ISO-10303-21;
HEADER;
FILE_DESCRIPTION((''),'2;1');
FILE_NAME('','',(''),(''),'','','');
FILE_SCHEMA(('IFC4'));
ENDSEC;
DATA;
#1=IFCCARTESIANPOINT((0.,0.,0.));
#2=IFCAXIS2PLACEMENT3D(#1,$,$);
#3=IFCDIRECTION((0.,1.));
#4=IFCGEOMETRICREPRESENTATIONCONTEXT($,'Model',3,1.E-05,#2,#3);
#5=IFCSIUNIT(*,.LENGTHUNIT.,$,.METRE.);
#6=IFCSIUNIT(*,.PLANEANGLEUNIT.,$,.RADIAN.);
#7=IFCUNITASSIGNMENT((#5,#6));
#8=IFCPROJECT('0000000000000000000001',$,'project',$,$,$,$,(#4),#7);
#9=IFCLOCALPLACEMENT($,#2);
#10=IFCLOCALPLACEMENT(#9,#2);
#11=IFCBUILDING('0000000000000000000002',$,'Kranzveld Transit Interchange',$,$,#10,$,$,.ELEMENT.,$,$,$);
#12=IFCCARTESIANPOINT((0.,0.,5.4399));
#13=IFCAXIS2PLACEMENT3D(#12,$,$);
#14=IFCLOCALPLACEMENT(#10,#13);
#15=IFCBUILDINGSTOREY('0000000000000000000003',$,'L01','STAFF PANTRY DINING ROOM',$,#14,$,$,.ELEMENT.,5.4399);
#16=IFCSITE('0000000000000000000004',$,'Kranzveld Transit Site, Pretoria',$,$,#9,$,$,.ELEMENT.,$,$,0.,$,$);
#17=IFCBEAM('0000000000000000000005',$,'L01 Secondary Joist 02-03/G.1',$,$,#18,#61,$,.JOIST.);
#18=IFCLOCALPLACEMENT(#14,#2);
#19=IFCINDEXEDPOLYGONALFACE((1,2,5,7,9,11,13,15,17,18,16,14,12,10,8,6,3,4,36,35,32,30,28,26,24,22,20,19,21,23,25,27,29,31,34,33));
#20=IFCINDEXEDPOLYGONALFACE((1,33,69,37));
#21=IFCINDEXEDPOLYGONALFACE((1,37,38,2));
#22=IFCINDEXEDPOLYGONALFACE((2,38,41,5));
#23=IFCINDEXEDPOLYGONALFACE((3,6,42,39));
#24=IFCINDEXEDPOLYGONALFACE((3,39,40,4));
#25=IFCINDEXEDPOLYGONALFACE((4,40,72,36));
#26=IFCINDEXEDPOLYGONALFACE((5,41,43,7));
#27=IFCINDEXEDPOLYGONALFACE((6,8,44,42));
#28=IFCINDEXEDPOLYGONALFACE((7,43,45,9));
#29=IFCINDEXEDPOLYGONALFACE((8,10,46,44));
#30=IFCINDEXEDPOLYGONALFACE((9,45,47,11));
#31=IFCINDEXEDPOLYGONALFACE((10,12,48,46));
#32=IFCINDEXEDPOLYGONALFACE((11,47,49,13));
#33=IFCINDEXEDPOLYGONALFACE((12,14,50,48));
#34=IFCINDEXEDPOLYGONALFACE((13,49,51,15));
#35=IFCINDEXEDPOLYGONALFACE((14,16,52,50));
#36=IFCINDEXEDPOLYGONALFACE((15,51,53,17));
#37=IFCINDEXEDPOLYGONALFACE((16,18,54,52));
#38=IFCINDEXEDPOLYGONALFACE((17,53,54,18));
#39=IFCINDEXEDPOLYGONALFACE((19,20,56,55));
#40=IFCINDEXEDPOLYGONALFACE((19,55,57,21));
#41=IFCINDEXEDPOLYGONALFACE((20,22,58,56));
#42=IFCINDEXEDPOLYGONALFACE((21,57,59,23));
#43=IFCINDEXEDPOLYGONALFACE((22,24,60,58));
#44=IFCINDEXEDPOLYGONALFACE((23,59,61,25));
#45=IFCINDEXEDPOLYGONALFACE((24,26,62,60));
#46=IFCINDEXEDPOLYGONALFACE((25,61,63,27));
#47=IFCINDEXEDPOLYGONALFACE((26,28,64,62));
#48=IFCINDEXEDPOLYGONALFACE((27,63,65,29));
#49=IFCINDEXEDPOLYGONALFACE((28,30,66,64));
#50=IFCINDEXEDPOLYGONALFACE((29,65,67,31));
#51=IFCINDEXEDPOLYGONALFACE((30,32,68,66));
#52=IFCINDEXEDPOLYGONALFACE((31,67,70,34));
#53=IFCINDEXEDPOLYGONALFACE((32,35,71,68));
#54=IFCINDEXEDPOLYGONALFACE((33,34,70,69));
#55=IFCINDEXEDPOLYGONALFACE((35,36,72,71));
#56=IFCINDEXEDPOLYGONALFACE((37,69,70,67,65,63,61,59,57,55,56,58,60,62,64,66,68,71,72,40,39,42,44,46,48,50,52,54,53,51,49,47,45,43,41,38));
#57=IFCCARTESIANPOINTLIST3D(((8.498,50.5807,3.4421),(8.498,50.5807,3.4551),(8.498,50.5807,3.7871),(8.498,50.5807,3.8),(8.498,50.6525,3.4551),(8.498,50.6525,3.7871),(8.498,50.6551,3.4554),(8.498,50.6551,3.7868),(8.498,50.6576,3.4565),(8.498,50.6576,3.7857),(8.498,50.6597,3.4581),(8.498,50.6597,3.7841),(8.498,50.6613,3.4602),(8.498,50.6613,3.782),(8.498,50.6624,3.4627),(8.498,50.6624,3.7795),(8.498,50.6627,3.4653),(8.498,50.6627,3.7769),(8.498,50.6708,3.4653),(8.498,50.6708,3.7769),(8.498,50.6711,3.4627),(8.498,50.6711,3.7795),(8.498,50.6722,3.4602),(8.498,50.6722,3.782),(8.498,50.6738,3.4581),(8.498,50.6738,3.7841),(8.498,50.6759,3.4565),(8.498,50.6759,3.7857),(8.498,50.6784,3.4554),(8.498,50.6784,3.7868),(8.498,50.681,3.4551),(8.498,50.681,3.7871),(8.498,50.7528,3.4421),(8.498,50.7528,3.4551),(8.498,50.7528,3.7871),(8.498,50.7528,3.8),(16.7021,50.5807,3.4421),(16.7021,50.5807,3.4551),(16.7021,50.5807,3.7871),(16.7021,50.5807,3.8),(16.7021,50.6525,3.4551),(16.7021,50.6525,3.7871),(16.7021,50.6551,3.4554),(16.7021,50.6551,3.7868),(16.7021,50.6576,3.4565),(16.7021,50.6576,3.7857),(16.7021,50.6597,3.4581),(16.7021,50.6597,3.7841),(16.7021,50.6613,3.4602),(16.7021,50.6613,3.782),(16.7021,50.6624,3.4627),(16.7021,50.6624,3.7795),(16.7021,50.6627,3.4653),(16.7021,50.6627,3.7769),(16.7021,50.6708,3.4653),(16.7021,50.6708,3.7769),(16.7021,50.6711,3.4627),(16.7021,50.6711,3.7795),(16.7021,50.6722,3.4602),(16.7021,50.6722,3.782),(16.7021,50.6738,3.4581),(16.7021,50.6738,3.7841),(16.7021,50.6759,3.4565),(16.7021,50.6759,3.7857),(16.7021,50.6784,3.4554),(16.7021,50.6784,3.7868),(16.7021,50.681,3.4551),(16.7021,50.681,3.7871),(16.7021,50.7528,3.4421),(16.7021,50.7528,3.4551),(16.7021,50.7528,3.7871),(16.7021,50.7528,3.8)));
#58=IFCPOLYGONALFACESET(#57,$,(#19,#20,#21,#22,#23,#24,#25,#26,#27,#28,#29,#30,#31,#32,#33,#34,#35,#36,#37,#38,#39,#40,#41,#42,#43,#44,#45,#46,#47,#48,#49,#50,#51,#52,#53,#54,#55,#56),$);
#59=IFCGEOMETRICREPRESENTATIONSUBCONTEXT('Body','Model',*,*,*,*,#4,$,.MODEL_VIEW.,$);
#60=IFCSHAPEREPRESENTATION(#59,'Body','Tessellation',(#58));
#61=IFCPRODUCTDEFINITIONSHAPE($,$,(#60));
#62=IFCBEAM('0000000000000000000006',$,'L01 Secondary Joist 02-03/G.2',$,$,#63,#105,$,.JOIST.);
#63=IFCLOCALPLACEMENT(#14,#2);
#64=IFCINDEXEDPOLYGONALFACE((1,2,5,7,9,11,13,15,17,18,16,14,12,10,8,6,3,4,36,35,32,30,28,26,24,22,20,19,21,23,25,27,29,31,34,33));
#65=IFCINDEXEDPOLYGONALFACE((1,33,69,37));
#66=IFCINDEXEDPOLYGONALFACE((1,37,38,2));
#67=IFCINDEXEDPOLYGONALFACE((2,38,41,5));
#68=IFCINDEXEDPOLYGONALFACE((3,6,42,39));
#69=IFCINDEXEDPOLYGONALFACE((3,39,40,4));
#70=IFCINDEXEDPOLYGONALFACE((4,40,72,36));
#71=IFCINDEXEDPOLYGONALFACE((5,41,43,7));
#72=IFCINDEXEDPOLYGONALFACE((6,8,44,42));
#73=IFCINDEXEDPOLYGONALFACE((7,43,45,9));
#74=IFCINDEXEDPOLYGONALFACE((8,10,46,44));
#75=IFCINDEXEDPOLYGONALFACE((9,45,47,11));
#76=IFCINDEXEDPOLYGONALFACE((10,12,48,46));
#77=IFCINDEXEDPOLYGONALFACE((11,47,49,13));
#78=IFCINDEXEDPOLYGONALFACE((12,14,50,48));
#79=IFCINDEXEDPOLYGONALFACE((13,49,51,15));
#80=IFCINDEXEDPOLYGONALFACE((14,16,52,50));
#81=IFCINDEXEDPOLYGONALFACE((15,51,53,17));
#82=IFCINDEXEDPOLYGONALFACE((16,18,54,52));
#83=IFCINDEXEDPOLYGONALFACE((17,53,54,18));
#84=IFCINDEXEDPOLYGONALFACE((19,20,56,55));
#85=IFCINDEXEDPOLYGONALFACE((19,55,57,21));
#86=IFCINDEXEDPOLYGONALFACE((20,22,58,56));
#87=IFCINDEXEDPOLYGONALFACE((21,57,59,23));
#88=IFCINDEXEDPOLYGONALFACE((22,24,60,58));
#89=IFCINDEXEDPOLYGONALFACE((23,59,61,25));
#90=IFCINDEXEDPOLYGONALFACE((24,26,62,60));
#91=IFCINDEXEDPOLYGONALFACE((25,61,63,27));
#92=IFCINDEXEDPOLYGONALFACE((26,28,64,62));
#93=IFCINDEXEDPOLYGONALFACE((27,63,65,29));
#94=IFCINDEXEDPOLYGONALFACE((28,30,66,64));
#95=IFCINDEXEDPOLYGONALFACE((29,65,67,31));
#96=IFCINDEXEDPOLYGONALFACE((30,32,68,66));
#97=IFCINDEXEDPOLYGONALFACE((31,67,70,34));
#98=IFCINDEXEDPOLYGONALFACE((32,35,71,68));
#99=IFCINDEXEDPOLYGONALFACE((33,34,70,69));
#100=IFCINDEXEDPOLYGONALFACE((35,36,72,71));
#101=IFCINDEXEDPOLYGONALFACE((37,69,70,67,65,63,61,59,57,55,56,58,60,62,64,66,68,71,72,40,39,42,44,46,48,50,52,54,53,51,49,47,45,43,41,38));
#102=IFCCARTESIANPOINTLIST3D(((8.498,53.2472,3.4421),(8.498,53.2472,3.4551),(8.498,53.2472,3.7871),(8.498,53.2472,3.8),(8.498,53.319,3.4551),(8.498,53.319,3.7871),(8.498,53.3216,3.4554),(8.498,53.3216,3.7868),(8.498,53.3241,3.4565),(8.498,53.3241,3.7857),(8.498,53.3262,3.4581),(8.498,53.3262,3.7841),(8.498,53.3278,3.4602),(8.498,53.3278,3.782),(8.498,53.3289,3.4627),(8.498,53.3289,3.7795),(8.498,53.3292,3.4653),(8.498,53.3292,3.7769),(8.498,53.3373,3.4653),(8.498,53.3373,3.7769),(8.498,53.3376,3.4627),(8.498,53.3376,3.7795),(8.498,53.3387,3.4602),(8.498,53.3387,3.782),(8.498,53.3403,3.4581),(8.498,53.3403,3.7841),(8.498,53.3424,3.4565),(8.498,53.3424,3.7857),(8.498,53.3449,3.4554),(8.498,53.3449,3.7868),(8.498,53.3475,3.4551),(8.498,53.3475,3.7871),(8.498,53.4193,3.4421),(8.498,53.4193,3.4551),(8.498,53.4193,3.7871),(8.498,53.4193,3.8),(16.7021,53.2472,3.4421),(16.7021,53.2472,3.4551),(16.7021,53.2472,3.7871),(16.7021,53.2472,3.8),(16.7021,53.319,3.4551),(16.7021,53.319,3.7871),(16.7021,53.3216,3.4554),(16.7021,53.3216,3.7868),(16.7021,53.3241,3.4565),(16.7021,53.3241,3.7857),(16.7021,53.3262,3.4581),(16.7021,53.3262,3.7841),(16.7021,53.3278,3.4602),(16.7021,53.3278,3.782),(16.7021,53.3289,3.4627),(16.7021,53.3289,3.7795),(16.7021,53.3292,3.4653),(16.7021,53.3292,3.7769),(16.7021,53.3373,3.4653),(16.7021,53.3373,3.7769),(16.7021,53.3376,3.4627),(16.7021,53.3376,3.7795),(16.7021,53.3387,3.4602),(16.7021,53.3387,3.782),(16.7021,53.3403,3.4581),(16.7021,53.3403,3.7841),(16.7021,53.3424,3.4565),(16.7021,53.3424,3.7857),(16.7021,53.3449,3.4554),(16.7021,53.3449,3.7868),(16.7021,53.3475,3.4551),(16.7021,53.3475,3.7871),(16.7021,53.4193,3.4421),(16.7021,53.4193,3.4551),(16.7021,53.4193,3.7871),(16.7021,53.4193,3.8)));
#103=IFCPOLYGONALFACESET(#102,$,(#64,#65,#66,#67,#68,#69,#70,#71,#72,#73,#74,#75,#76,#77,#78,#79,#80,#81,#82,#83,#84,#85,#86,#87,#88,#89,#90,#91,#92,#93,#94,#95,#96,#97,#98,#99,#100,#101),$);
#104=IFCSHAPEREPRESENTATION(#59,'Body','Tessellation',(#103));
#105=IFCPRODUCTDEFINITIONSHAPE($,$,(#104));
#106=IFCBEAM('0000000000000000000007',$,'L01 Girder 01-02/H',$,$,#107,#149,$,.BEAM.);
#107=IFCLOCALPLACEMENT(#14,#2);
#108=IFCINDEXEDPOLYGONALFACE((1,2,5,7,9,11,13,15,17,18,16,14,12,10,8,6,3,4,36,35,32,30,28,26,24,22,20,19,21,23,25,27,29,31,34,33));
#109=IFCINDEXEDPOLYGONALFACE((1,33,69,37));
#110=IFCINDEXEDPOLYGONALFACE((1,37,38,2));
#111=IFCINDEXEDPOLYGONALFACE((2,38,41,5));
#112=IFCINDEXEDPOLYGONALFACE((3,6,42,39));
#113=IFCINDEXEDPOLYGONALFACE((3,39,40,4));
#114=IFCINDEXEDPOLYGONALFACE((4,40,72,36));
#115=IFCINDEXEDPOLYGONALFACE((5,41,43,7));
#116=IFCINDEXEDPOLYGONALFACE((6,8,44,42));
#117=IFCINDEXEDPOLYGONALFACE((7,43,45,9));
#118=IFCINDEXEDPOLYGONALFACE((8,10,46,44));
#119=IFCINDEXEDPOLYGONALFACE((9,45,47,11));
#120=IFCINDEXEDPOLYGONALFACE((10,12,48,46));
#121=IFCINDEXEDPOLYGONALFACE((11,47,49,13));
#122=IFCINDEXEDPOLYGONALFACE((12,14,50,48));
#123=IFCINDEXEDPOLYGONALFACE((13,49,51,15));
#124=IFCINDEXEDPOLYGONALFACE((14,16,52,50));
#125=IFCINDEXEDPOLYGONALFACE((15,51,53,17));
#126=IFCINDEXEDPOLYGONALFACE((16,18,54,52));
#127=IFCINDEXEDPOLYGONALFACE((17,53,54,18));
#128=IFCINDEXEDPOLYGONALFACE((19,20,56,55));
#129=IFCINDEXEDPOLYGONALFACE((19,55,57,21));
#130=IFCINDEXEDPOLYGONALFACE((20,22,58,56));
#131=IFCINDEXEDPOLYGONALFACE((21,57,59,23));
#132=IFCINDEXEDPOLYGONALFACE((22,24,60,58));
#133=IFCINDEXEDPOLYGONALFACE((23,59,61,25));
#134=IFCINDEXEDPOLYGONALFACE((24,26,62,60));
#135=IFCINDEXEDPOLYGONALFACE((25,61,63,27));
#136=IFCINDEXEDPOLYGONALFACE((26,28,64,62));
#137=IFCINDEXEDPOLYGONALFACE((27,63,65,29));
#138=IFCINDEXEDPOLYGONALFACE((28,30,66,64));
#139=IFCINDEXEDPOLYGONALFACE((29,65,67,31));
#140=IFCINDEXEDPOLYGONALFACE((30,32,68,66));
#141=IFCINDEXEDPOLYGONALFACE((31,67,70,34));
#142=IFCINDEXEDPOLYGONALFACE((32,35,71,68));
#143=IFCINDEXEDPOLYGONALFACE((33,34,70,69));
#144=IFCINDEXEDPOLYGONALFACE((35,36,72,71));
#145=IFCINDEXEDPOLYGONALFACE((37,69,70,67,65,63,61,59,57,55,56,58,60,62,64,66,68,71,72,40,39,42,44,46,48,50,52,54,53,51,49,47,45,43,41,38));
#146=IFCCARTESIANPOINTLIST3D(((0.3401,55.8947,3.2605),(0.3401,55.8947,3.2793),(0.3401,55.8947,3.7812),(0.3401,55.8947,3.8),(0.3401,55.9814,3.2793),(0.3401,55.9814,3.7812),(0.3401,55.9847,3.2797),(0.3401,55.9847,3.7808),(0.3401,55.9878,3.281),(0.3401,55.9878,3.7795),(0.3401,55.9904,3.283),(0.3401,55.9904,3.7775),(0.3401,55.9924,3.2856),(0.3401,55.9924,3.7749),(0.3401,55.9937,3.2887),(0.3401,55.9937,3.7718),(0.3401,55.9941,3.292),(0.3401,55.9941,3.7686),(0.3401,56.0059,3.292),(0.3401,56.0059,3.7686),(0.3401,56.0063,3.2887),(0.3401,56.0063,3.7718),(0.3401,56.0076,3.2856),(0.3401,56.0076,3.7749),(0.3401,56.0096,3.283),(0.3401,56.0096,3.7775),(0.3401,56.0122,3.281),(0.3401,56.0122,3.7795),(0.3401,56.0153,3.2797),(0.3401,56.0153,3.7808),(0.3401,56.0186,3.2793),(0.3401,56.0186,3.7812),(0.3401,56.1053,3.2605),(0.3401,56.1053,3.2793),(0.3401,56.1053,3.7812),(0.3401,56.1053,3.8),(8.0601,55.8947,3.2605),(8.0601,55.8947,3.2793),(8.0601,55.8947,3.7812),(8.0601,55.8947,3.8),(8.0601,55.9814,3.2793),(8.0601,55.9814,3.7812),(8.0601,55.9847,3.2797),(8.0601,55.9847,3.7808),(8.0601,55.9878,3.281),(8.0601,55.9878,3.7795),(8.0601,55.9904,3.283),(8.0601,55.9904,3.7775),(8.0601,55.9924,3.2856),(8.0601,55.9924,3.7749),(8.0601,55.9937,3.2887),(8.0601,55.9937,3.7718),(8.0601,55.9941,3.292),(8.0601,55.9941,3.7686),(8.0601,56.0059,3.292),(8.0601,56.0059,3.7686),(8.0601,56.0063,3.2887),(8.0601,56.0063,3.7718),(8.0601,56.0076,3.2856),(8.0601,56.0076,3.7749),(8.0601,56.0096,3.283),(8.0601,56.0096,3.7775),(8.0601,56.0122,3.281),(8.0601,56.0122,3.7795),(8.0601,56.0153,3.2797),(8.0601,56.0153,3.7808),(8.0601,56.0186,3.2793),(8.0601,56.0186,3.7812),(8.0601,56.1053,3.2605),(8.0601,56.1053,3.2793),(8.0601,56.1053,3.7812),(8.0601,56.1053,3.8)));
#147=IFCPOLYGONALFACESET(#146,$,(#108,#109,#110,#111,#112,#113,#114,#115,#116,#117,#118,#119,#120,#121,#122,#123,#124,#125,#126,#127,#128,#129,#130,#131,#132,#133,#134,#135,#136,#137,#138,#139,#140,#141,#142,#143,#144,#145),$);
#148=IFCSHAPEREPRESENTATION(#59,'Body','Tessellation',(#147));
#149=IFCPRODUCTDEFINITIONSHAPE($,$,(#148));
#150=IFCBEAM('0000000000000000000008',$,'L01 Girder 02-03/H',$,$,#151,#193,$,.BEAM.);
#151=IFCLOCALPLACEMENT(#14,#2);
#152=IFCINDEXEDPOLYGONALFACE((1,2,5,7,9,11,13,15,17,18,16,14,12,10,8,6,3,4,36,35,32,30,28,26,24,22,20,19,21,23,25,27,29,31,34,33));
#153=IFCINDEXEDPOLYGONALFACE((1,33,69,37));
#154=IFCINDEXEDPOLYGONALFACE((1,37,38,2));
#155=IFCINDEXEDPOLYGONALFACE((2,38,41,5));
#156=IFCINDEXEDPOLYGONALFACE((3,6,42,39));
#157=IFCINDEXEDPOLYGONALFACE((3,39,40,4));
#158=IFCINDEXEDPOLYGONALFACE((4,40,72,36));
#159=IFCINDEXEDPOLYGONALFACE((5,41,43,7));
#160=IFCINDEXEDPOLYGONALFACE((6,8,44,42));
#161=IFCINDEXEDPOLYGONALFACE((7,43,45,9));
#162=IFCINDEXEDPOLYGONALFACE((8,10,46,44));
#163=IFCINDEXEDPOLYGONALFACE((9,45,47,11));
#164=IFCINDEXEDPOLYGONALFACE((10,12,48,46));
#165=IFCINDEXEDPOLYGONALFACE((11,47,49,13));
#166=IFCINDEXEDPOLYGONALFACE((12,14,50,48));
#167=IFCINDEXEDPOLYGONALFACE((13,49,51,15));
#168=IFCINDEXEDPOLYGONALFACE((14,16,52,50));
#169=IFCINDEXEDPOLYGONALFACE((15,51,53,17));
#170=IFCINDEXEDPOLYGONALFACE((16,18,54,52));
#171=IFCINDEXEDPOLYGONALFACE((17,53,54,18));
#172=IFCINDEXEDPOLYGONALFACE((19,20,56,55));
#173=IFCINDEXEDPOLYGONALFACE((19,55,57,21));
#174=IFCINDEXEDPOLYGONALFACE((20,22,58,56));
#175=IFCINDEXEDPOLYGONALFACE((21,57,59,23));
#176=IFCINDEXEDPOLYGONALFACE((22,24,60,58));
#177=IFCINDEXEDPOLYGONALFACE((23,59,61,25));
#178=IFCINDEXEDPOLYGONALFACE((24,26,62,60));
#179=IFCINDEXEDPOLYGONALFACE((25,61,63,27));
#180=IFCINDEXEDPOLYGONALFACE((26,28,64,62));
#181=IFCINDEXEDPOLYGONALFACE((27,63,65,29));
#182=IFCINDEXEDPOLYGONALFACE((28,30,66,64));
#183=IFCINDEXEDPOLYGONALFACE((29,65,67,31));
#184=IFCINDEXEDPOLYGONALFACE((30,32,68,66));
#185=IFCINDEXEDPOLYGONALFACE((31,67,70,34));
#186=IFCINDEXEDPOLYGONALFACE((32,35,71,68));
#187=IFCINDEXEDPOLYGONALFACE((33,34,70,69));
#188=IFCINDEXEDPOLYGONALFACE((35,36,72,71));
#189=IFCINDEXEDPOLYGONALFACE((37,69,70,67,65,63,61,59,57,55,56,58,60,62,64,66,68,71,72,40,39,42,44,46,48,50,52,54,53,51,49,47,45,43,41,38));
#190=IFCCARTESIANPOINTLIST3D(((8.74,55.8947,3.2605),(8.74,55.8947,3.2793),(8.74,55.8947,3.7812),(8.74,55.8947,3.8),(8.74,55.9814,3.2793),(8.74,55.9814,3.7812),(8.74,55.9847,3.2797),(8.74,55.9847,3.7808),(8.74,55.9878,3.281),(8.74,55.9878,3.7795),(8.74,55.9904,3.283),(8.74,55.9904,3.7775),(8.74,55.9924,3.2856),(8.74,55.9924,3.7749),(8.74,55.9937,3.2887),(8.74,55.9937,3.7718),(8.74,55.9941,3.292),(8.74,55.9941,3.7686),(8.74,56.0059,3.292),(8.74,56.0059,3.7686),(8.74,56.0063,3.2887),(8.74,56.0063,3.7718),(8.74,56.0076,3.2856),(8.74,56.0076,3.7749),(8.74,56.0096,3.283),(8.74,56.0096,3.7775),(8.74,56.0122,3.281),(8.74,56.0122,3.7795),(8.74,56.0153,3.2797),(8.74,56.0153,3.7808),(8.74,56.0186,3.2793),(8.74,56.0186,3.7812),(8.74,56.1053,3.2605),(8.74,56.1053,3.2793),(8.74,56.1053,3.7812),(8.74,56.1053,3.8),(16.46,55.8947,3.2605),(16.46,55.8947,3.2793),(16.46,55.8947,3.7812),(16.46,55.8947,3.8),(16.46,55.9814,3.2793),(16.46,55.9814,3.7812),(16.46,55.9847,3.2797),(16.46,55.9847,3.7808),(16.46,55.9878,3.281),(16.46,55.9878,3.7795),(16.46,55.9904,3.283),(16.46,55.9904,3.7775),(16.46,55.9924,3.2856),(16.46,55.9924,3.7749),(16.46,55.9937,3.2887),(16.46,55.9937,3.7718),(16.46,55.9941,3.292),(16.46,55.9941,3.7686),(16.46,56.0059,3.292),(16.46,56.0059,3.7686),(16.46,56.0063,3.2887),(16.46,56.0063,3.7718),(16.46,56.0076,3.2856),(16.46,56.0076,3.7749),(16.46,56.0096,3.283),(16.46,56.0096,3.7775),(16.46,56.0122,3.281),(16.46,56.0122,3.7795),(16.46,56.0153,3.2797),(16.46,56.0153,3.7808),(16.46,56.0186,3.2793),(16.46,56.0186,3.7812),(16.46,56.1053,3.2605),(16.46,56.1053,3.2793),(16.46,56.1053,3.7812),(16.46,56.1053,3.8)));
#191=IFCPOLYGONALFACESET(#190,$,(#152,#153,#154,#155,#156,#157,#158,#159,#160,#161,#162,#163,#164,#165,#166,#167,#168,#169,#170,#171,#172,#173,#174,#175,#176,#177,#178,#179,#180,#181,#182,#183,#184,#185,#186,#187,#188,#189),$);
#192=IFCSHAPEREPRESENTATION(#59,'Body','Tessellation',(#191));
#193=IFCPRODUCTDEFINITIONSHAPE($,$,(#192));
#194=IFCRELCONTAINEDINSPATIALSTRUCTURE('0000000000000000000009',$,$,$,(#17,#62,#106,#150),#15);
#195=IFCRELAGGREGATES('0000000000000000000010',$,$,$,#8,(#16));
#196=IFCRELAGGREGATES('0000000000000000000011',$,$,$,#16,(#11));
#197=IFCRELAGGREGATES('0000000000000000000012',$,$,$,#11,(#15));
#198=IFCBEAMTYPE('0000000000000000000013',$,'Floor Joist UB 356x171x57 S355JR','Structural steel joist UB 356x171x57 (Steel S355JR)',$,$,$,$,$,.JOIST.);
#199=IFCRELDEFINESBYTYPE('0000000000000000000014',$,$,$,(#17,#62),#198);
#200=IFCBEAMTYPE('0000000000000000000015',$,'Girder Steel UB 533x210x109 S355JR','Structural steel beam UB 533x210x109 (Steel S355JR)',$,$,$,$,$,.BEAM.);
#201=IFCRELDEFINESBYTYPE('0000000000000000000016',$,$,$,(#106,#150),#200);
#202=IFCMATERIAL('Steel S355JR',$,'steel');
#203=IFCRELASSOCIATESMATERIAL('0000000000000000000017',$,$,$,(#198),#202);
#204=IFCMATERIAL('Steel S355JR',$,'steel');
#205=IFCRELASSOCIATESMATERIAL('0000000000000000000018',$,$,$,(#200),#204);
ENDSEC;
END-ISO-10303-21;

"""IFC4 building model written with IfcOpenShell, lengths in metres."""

from ifc_helpers import new_model, si_unit, direction, frame, origin, origin_2d, place, context, subcontext, project, spatial, i_section, extrude, material, material_profile, profile_set, type_object, element, save


model = new_model("IFC4")

# Units and contexts
model_context = context("Model", 3, precision=1e-05, world=origin(), true_north=direction((0.0, 1.0)))
body_context = subcontext(model_context, "Body", "Model", "MODEL_VIEW")
ifc_project = project(units=[si_unit("LENGTHUNIT", "METRE"), si_unit("PLANEANGLEUNIT", "RADIAN")], contexts=[model_context])

# Site, building, storey
site_placement = place(None, origin())
site = spatial("IfcSite", under=ifc_project, at=site_placement, Name="Kranzveld Transit Site, Pretoria", CompositionType="ELEMENT", RefElevation=0.0)
building_placement = place(site_placement, origin())
building = spatial("IfcBuilding", under=site, at=building_placement, Name="Kranzveld Transit Interchange", CompositionType="ELEMENT")
storey_placement = place(building_placement, frame((0.0, 0.0, 5.4399)))
storey = spatial("IfcBuildingStorey", under=building, at=storey_placement, Name="L01", Description="STAFF PANTRY DINING ROOM", CompositionType="ELEMENT", Elevation=5.4399)

# Beams
ifc_material_1 = material(Name="Steel S355JR", Category="steel")
ifc_material_profile_1 = material_profile(ifc_material_1, i_section(OverallWidth=0.1721, OverallDepth=0.3579, WebThickness=0.0081, FlangeThickness=0.0129, FilletRadius=0.0103, at=origin_2d()), Name="UB 356x171x57")
ifc_profile_set_1 = profile_set([ifc_material_profile_1], Name="Steel S355JR")
beam_type_1 = type_object("IfcBeamType", Name="Floor Joist UB 356x171x57 S355JR", Description="Structural steel joist UB 356x171x57 (Steel S355JR)", PredefinedType="JOIST", material=ifc_profile_set_1)
for number, where, z_axis, x_axis, name in (
    (1, (8.498, 50.6667, 3.6211), (1.0, 0.0, 0.0), (0.0, 1.0, 0.0), "L01 Secondary Joist 02-03/G.1"),
    (2, (8.498, 53.3333, 3.6211), (1.0, 0.0, 0.0), (0.0, 1.0, 0.0), "L01 Secondary Joist 02-03/G.2"),
):
    element("IfcBeam", number, at=place(storey_placement, frame(where, z_axis=z_axis, x_axis=x_axis)), inside=storey, type_object=beam_type_1, Name=name, PredefinedType="JOIST", context=body_context, shape_type="SweptSolid", body=[
        extrude(i_section(OverallWidth=0.1721, OverallDepth=0.3579, WebThickness=0.0081, FlangeThickness=0.0129, FilletRadius=0.0103, at=origin_2d()), origin(), (0.0, 0.0, 1.0), 8.2041),
    ])
ifc_material_2 = material(Name="Steel S355JR", Category="steel")
ifc_material_profile_2 = material_profile(ifc_material_2, i_section(OverallWidth=0.2107, OverallDepth=0.5396, WebThickness=0.0117, FlangeThickness=0.0188, FilletRadius=0.0127, at=origin_2d()), Name="UB 533x210x109")
ifc_profile_set_2 = profile_set([ifc_material_profile_2], Name="Steel S355JR")
beam_type_2 = type_object("IfcBeamType", Name="Girder Steel UB 533x210x109 S355JR", Description="Structural steel beam UB 533x210x109 (Steel S355JR)", PredefinedType="BEAM", material=ifc_profile_set_2)
for number, where, z_axis, x_axis, name in (
    (3, (0.3401, 56.0, 3.5303), (1.0, 0.0, 0.0), (0.0, 1.0, 0.0), "L01 Girder 01-02/H"),
    (4, (8.74, 56.0, 3.5303), (1.0, 0.0, 0.0), (0.0, 1.0, 0.0), "L01 Girder 02-03/H"),
):
    element("IfcBeam", number, at=place(storey_placement, frame(where, z_axis=z_axis, x_axis=x_axis)), inside=storey, type_object=beam_type_2, Name=name, PredefinedType="BEAM", context=body_context, shape_type="SweptSolid", body=[
        extrude(i_section(OverallWidth=0.2107, OverallDepth=0.5396, WebThickness=0.0117, FlangeThickness=0.0188, FilletRadius=0.0127, at=origin_2d()), origin(), (0.0, 0.0, 1.0), 7.72),
    ])

save(model, "model.ifc")
